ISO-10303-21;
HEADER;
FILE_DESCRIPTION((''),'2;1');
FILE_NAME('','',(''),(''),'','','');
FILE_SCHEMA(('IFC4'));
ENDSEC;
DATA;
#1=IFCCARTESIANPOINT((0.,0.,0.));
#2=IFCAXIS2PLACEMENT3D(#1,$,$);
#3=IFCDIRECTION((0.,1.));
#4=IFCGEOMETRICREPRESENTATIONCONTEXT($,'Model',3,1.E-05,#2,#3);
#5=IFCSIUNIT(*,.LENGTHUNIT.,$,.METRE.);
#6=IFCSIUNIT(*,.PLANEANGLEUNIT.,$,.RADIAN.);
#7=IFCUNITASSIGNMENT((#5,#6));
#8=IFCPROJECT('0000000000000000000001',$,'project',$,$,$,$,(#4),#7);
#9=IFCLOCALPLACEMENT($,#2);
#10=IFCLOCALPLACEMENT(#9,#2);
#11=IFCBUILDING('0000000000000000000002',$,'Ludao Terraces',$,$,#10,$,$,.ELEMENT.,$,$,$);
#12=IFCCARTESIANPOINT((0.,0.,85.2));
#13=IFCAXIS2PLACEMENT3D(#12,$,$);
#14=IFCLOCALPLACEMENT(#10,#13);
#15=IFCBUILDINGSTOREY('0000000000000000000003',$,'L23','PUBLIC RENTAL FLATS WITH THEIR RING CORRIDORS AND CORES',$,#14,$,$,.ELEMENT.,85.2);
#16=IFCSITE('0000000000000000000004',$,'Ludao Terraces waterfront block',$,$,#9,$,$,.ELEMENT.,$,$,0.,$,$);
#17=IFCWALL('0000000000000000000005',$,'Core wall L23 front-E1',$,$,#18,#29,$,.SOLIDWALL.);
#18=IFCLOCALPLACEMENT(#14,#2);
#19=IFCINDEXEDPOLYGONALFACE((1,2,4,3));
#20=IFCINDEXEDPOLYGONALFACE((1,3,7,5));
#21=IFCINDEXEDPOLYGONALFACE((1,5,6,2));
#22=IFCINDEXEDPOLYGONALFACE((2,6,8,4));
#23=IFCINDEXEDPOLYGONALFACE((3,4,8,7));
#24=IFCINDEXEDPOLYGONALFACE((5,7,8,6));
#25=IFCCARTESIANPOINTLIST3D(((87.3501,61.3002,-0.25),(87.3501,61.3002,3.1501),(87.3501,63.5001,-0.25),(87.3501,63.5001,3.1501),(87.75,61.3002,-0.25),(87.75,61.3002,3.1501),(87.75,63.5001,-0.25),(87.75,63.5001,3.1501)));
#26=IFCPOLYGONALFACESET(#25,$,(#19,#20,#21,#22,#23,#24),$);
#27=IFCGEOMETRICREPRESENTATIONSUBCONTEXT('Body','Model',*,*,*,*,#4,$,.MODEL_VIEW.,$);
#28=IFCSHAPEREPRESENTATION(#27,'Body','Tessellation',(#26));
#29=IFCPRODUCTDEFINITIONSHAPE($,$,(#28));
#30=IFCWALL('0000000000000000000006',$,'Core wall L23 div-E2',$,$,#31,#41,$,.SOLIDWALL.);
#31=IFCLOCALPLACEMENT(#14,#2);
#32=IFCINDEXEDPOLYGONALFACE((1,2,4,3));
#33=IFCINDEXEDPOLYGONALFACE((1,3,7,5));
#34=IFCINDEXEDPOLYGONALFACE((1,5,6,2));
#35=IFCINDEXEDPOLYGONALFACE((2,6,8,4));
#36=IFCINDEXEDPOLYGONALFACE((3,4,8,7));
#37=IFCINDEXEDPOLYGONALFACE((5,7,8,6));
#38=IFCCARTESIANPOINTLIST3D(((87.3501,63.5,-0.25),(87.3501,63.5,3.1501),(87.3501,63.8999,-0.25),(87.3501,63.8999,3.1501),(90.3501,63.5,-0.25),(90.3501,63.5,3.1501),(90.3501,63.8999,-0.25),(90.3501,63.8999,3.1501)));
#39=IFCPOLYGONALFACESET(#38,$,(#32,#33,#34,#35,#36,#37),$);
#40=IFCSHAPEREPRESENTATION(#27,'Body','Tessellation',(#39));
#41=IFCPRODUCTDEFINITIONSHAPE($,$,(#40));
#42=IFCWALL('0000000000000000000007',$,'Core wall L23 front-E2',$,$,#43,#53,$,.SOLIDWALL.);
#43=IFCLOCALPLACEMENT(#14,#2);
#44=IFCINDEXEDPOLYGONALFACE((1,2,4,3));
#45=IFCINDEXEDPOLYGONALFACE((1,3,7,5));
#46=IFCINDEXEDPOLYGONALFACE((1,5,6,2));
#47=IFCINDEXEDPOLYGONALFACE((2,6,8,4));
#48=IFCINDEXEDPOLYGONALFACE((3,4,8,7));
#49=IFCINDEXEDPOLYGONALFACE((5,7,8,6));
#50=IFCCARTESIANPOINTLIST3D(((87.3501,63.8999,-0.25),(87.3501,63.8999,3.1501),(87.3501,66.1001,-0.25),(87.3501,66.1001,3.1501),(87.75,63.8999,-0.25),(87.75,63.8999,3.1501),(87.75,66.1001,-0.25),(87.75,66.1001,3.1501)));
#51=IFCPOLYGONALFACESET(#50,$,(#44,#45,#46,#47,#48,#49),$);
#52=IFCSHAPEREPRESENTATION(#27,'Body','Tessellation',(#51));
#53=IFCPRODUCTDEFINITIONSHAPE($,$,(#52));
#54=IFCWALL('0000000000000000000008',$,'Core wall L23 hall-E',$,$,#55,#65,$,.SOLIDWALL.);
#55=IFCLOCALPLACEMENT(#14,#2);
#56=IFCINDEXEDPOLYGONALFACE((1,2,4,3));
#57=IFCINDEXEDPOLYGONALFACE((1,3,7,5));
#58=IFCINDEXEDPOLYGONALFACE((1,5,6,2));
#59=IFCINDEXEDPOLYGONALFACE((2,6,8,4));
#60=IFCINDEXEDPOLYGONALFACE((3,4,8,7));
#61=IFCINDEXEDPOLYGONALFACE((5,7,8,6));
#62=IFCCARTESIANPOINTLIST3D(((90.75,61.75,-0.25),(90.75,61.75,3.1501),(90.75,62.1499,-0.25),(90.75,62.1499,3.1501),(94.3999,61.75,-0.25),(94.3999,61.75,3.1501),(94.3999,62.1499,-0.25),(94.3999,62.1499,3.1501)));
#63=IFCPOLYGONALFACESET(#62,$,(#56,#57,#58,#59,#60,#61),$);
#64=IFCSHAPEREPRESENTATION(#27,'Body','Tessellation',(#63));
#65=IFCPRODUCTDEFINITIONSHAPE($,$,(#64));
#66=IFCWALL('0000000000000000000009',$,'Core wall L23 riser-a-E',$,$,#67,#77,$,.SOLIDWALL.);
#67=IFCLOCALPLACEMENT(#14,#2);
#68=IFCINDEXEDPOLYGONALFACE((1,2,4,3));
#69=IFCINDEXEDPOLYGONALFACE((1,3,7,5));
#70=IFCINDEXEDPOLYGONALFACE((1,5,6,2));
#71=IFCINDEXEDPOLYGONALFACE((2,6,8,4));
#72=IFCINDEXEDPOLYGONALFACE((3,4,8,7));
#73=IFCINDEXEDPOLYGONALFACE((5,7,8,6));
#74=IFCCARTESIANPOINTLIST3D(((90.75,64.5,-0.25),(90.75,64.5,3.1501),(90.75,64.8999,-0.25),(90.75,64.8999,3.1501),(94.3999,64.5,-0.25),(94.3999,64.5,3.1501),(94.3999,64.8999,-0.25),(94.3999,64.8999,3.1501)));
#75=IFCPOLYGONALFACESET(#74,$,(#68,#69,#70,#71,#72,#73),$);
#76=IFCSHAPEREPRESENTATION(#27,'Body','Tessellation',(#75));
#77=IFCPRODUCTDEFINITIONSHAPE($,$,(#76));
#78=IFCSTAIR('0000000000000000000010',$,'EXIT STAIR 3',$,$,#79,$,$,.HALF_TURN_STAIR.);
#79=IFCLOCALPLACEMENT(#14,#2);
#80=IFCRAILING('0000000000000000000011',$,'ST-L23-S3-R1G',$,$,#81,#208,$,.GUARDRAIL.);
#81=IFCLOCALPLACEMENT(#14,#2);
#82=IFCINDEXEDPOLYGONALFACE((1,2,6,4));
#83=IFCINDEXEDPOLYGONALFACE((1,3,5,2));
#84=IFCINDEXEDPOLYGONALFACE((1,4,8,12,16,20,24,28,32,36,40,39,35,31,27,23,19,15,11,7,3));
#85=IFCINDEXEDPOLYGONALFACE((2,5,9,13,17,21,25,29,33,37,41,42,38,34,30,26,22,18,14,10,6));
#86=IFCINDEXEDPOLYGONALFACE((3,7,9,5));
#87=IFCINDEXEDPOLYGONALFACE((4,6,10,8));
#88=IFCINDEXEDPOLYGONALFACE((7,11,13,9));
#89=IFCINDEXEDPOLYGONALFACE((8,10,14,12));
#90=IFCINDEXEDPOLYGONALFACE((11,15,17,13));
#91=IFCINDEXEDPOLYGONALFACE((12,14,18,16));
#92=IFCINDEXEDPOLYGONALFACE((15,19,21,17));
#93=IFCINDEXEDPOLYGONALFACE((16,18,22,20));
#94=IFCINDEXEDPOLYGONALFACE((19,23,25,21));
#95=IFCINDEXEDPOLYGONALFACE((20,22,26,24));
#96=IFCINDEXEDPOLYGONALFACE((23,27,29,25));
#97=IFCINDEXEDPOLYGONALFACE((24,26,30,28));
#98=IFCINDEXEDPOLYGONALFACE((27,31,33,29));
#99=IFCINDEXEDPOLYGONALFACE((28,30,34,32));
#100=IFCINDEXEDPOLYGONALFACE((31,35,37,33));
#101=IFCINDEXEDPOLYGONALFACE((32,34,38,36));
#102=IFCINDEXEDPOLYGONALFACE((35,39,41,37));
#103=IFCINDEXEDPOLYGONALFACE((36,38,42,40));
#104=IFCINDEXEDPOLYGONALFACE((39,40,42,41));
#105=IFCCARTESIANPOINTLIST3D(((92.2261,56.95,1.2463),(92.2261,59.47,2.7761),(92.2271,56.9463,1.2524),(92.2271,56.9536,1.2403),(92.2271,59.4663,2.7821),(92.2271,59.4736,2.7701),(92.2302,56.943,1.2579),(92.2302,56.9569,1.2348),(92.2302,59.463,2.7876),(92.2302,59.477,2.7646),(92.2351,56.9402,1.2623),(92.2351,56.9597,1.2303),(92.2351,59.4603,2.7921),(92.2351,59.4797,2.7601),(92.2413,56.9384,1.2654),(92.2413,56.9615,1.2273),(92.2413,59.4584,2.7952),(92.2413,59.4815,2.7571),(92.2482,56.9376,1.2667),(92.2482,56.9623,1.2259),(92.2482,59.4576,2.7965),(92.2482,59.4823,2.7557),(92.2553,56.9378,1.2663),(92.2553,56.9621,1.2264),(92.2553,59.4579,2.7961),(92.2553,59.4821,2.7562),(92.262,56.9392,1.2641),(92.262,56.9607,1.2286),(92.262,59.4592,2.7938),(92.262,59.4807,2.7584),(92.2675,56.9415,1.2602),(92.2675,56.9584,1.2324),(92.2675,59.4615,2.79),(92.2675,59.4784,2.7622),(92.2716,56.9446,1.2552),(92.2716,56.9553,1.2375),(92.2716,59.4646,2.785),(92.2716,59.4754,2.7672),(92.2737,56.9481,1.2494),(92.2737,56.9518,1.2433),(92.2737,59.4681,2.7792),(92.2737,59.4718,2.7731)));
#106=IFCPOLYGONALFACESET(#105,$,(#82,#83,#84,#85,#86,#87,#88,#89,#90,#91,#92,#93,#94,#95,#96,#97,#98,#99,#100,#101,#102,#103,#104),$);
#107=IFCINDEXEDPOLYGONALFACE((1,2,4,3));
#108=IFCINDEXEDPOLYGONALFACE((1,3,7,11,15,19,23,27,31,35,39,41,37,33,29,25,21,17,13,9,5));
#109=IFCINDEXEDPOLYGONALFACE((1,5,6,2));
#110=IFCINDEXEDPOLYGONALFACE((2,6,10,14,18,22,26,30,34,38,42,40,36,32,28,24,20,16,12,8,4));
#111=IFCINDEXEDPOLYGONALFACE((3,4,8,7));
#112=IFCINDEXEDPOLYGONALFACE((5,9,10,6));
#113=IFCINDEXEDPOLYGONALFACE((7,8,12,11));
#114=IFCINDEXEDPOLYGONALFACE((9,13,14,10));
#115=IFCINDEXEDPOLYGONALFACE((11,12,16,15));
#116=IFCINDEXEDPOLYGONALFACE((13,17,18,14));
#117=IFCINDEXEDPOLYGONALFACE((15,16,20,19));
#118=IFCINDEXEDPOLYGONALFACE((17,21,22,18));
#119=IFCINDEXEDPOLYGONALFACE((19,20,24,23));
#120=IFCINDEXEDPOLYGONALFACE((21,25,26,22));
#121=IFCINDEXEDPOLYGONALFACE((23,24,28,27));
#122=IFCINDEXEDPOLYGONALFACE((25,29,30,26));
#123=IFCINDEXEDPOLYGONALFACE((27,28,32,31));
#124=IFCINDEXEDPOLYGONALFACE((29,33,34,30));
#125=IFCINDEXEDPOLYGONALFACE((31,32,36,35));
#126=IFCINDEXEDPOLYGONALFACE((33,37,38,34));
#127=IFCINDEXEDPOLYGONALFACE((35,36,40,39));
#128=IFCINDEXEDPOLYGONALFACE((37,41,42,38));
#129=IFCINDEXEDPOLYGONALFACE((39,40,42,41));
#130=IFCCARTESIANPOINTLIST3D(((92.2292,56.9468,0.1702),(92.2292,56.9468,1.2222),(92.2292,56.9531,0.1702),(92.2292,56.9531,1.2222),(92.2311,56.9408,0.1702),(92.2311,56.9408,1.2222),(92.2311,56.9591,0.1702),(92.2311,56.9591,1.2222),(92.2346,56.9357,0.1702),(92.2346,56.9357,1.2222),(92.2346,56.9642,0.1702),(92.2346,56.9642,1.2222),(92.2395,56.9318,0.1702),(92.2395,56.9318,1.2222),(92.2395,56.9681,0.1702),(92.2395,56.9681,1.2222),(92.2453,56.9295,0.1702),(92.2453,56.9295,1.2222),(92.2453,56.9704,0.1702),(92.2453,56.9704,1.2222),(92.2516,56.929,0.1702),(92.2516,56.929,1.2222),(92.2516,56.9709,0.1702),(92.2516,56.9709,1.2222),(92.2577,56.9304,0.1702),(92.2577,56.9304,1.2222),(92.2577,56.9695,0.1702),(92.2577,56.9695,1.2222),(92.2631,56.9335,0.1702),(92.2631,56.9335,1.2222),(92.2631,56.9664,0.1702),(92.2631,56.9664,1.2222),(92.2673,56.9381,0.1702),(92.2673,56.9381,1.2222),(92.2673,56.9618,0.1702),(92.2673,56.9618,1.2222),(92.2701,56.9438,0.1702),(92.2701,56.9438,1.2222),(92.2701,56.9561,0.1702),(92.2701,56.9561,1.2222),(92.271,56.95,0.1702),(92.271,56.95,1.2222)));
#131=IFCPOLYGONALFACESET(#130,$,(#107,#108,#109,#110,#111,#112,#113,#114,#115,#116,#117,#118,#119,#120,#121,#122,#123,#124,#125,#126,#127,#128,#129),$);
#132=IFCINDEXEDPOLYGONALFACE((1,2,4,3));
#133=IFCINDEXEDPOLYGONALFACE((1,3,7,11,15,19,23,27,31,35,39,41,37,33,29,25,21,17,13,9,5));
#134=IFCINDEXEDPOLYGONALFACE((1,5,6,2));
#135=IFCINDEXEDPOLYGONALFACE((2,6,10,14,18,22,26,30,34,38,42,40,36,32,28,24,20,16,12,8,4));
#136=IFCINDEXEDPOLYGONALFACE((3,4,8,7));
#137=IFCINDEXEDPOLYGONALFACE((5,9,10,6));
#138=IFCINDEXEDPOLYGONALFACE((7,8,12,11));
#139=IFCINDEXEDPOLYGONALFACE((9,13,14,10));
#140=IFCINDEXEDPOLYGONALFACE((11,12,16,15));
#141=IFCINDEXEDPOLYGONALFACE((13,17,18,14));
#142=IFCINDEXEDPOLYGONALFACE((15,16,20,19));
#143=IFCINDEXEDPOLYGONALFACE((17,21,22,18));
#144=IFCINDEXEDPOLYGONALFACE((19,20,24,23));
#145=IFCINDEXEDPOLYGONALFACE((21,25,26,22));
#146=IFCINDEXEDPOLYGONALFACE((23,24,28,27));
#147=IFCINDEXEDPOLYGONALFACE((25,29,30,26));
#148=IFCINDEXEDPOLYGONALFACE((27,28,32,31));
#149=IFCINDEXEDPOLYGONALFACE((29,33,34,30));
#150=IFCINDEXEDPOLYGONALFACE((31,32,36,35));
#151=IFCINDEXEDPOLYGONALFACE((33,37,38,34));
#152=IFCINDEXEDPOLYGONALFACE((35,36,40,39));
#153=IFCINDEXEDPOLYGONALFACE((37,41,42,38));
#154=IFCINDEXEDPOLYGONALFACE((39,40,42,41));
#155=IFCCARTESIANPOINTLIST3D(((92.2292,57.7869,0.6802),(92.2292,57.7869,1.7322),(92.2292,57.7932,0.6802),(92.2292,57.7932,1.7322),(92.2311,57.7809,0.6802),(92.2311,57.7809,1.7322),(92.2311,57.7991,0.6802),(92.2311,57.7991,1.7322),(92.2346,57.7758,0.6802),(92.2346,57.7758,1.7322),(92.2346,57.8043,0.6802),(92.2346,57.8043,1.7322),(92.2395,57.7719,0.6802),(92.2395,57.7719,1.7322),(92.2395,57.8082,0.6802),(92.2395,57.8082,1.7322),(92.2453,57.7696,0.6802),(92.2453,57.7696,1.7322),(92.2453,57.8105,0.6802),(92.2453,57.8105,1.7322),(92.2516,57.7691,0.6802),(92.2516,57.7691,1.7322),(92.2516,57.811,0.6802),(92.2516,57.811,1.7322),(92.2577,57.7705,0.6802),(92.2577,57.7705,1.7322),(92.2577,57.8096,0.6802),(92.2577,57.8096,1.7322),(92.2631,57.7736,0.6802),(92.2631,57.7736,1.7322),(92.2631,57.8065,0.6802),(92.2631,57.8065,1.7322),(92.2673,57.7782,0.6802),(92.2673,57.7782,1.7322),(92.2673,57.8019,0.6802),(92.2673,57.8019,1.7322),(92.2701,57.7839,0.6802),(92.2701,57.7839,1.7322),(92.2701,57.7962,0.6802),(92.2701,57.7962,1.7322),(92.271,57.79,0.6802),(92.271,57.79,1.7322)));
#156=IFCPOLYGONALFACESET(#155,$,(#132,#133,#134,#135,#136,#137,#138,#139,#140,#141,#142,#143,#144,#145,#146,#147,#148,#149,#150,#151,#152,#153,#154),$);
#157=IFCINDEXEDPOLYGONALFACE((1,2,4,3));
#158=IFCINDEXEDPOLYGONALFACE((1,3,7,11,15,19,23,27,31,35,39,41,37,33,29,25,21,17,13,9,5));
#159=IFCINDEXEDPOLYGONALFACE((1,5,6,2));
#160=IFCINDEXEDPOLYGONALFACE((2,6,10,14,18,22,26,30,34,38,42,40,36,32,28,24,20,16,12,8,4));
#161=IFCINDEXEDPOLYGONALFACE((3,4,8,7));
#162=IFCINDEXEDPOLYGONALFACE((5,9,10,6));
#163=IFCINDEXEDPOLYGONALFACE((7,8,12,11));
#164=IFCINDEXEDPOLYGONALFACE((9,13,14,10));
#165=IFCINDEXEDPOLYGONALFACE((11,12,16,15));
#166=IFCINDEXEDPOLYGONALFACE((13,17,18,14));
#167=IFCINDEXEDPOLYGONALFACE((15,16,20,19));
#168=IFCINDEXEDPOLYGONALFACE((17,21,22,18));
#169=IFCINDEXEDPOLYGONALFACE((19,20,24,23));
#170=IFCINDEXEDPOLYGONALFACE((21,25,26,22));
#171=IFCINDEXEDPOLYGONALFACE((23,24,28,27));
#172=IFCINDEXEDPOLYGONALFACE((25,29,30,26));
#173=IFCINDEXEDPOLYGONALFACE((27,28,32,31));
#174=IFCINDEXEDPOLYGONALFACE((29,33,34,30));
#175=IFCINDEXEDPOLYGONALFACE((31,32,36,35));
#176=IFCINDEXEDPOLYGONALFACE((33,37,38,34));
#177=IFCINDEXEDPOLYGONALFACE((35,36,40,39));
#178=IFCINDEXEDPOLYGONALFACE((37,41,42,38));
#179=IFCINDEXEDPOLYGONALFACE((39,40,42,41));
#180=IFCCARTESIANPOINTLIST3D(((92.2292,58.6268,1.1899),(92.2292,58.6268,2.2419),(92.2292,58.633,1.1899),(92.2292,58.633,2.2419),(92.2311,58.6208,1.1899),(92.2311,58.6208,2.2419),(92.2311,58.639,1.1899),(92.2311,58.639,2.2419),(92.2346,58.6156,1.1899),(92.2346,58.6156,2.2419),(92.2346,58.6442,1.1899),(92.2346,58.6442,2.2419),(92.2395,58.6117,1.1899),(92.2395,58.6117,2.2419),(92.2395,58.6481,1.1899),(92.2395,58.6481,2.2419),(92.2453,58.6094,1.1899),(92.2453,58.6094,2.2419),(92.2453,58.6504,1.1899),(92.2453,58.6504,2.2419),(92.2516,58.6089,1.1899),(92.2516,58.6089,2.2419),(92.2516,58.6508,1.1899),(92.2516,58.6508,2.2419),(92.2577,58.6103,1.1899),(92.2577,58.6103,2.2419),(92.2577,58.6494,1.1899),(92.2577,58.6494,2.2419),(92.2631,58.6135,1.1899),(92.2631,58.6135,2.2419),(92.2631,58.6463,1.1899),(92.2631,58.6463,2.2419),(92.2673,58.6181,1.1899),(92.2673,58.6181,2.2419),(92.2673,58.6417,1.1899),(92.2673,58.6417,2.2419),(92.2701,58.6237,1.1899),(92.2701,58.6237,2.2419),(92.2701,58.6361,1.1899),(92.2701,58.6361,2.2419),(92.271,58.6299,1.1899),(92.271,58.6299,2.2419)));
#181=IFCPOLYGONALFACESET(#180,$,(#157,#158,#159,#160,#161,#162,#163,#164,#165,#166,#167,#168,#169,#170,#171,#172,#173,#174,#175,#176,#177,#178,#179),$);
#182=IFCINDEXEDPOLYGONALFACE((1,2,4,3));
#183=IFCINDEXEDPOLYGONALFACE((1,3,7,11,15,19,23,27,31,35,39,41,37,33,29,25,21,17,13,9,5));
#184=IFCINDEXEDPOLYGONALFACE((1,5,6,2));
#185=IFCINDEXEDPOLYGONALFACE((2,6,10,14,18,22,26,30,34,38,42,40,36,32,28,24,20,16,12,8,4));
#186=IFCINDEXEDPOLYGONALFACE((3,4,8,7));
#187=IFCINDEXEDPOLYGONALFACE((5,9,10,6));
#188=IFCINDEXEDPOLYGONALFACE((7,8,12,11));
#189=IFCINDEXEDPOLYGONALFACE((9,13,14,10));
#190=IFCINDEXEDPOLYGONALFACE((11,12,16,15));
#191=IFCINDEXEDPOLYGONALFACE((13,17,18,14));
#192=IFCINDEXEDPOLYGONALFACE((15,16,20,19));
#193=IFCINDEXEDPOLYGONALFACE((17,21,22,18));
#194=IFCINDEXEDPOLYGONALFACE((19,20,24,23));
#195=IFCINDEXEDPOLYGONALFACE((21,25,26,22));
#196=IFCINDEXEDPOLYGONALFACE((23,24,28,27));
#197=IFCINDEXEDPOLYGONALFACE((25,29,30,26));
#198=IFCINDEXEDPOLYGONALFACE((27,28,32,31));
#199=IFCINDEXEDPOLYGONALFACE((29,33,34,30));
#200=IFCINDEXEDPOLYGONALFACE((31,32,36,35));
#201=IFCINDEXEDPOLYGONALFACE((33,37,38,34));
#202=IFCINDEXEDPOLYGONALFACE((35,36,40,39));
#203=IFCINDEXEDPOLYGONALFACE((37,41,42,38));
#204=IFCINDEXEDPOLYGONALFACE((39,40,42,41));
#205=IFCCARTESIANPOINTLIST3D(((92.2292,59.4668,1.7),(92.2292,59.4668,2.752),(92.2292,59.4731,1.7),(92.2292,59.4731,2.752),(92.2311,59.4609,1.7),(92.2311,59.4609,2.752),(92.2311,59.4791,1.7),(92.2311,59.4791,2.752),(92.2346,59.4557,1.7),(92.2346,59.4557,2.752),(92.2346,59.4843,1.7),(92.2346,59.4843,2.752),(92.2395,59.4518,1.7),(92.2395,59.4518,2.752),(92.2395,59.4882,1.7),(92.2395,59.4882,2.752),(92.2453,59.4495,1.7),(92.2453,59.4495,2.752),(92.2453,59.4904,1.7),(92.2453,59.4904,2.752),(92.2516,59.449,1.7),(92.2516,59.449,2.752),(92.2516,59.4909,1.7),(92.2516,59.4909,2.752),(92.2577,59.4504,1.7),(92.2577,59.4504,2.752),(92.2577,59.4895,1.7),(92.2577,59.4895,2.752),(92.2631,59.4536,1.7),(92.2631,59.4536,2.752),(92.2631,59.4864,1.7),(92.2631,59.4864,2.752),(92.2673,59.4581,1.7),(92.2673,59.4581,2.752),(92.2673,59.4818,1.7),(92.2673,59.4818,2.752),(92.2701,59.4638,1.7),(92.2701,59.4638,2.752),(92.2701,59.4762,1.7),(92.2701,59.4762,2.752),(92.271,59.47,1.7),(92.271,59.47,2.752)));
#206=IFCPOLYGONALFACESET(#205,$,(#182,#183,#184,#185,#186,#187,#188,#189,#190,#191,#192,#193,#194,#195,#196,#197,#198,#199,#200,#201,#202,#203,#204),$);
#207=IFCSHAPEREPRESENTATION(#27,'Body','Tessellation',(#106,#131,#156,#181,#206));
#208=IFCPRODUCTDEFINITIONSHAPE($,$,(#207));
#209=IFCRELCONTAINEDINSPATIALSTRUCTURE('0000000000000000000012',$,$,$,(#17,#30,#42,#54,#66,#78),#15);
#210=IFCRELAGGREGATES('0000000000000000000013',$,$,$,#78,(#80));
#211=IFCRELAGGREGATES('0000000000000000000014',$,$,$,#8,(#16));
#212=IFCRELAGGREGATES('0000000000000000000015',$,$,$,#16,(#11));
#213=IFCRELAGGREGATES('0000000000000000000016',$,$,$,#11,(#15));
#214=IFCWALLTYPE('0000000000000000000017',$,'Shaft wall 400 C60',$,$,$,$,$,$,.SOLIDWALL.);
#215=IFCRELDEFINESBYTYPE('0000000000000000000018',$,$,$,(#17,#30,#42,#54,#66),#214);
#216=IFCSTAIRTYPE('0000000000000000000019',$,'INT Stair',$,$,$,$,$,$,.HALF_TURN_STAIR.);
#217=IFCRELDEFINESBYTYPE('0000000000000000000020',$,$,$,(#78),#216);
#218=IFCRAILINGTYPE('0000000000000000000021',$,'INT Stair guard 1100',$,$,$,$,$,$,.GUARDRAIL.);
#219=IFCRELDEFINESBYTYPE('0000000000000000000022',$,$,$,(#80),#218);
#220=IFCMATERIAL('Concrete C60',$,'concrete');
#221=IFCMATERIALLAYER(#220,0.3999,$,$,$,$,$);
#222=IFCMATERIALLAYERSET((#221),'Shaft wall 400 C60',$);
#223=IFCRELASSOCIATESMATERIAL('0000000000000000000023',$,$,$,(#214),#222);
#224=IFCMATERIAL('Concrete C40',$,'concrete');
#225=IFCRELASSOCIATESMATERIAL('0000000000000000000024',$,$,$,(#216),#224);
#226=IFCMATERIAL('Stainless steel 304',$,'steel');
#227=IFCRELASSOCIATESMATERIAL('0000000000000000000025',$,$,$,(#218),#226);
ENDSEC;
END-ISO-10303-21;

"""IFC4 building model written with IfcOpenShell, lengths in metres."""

from ifc_helpers import new_model, si_unit, direction, frame, frame_2d, origin, origin_2d, place, context, subcontext, project, spatial, rectangle, circle, extrude, material, layer, layer_set, type_object, element, aggregate, save


model = new_model("IFC4")

# Units and contexts
model_context = context("Model", 3, precision=1e-05, world=origin(), true_north=direction((0.0, 1.0)))
body_context = subcontext(model_context, "Body", "Model", "MODEL_VIEW")
ifc_project = project(units=[si_unit("LENGTHUNIT", "METRE"), si_unit("PLANEANGLEUNIT", "RADIAN")], contexts=[model_context])

# Site, building, storey
site_placement = place(None, origin())
site = spatial("IfcSite", under=ifc_project, at=site_placement, Name="Ludao Terraces waterfront block", CompositionType="ELEMENT", RefElevation=0.0)
building_placement = place(site_placement, origin())
building = spatial("IfcBuilding", under=site, at=building_placement, Name="Ludao Terraces", CompositionType="ELEMENT")
storey_placement = place(building_placement, frame((0.0, 0.0, 85.2)))
storey = spatial("IfcBuildingStorey", under=building, at=storey_placement, Name="L23", Description="PUBLIC RENTAL FLATS WITH THEIR RING CORRIDORS AND CORES", CompositionType="ELEMENT", Elevation=85.2)

# Shared definitions
ifc_material_1 = material(Name="Concrete C40", Category="concrete")

# Walls
ifc_material_2 = material(Name="Concrete C60", Category="concrete")
ifc_layer_1 = layer(ifc_material_2, 0.3999)
ifc_layer_set_1 = layer_set([ifc_layer_1], Name="Shaft wall 400 C60")
wall_type_1 = type_object("IfcWallType", Name="Shaft wall 400 C60", PredefinedType="SOLIDWALL", material=ifc_layer_set_1)
wall_1_placement = place(storey_placement, frame((87.55, 61.3, -0.25), z_axis=(0.0, 0.0, 1.0), x_axis=(0.0, 1.0, 0.0)))
element("IfcWall", 1, at=wall_1_placement, inside=storey, type_object=wall_type_1, Name="Core wall L23 front-E1", PredefinedType="SOLIDWALL", context=body_context, shape_type="SweptSolid", body=[
    extrude(rectangle(XDim=2.2, YDim=0.3999, at=frame_2d((1.1001, 0.0))), origin(), (0.0, 0.0, 1.0), 3.4001),
])
wall_2_placement = place(storey_placement, frame((87.3501, 63.7, -0.25), z_axis=(0.0, 0.0, 1.0), x_axis=(1.0, 0.0, 0.0)))
element("IfcWall", 2, at=wall_2_placement, inside=storey, type_object=wall_type_1, Name="Core wall L23 div-E2", PredefinedType="SOLIDWALL", context=body_context, shape_type="SweptSolid", body=[
    extrude(rectangle(XDim=3.0, YDim=0.3999, at=frame_2d((1.5, 0.0))), origin(), (0.0, 0.0, 1.0), 3.4001),
])
wall_3_placement = place(storey_placement, frame((87.55, 63.8999, -0.25), z_axis=(0.0, 0.0, 1.0), x_axis=(0.0, 1.0, 0.0)))
element("IfcWall", 3, at=wall_3_placement, inside=storey, type_object=wall_type_1, Name="Core wall L23 front-E2", PredefinedType="SOLIDWALL", context=body_context, shape_type="SweptSolid", body=[
    extrude(rectangle(XDim=2.2002, YDim=0.3999, at=frame_2d((1.1001, 0.0))), origin(), (0.0, 0.0, 1.0), 3.4001),
])
for number, where, z_axis, x_axis, name in (
    (4, (90.75, 61.95, -0.25), (0.0, 0.0, 1.0), (1.0, 0.0, 0.0), "Core wall L23 hall-E"),
    (5, (90.75, 64.7, -0.25), (0.0, 0.0, 1.0), (1.0, 0.0, 0.0), "Core wall L23 riser-a-E"),
):
    element("IfcWall", number, at=place(storey_placement, frame(where, z_axis=z_axis, x_axis=x_axis)), inside=storey, type_object=wall_type_1, Name=name, PredefinedType="SOLIDWALL", context=body_context, shape_type="SweptSolid", body=[
        extrude(rectangle(XDim=3.6499, YDim=0.3999, at=frame_2d((1.825, 0.0))), origin(), (0.0, 0.0, 1.0), 3.4001),
    ])

# Stair, railing
stair_type = type_object("IfcStairType", Name="INT Stair", PredefinedType="HALF_TURN_STAIR", material=ifc_material_1)
stair_placement = place(storey_placement, origin())
stair = element("IfcStair", 6, at=stair_placement, inside=storey, type_object=stair_type, Name="EXIT STAIR 3", PredefinedType="HALF_TURN_STAIR")
ifc_material_3 = material(Name="Stainless steel 304", Category="steel")
railing_type_1 = type_object("IfcRailingType", Name="INT Stair guard 1100", PredefinedType="GUARDRAIL", material=ifc_material_3)
railing_1_placement = place(storey_placement, frame((92.25, 56.95, 0.1702)))
railing_1 = element("IfcRailing", 7, at=railing_1_placement, type_object=railing_type_1, Name="ST-L23-S3-R1G", PredefinedType="GUARDRAIL", context=body_context, shape_type="SweptSolid", body=[
    extrude(circle(Radius=0.0239, at=origin_2d()), frame((0.0, 0.0, 1.0762), z_axis=(0.0, 0.854822, 0.518922), x_axis=(-1.0, 0.0, 0.0)), (0.0, 0.0, 1.0), 2.948),
    extrude(circle(Radius=0.021, at=origin_2d()), origin(), (0.0, 0.0, 1.0), 1.052),
    extrude(circle(Radius=0.021, at=origin_2d()), frame((0.0, 0.8401, 0.51)), (0.0, 0.0, 1.0), 1.052),
    extrude(circle(Radius=0.021, at=origin_2d()), frame((0.0, 1.6799, 1.0198)), (0.0, 0.0, 1.0), 1.052),
    extrude(circle(Radius=0.021, at=origin_2d()), frame((0.0, 2.52, 1.5298)), (0.0, 0.0, 1.0), 1.052),
])
aggregate(stair, [railing_1])

save(model, "model.ifc")
